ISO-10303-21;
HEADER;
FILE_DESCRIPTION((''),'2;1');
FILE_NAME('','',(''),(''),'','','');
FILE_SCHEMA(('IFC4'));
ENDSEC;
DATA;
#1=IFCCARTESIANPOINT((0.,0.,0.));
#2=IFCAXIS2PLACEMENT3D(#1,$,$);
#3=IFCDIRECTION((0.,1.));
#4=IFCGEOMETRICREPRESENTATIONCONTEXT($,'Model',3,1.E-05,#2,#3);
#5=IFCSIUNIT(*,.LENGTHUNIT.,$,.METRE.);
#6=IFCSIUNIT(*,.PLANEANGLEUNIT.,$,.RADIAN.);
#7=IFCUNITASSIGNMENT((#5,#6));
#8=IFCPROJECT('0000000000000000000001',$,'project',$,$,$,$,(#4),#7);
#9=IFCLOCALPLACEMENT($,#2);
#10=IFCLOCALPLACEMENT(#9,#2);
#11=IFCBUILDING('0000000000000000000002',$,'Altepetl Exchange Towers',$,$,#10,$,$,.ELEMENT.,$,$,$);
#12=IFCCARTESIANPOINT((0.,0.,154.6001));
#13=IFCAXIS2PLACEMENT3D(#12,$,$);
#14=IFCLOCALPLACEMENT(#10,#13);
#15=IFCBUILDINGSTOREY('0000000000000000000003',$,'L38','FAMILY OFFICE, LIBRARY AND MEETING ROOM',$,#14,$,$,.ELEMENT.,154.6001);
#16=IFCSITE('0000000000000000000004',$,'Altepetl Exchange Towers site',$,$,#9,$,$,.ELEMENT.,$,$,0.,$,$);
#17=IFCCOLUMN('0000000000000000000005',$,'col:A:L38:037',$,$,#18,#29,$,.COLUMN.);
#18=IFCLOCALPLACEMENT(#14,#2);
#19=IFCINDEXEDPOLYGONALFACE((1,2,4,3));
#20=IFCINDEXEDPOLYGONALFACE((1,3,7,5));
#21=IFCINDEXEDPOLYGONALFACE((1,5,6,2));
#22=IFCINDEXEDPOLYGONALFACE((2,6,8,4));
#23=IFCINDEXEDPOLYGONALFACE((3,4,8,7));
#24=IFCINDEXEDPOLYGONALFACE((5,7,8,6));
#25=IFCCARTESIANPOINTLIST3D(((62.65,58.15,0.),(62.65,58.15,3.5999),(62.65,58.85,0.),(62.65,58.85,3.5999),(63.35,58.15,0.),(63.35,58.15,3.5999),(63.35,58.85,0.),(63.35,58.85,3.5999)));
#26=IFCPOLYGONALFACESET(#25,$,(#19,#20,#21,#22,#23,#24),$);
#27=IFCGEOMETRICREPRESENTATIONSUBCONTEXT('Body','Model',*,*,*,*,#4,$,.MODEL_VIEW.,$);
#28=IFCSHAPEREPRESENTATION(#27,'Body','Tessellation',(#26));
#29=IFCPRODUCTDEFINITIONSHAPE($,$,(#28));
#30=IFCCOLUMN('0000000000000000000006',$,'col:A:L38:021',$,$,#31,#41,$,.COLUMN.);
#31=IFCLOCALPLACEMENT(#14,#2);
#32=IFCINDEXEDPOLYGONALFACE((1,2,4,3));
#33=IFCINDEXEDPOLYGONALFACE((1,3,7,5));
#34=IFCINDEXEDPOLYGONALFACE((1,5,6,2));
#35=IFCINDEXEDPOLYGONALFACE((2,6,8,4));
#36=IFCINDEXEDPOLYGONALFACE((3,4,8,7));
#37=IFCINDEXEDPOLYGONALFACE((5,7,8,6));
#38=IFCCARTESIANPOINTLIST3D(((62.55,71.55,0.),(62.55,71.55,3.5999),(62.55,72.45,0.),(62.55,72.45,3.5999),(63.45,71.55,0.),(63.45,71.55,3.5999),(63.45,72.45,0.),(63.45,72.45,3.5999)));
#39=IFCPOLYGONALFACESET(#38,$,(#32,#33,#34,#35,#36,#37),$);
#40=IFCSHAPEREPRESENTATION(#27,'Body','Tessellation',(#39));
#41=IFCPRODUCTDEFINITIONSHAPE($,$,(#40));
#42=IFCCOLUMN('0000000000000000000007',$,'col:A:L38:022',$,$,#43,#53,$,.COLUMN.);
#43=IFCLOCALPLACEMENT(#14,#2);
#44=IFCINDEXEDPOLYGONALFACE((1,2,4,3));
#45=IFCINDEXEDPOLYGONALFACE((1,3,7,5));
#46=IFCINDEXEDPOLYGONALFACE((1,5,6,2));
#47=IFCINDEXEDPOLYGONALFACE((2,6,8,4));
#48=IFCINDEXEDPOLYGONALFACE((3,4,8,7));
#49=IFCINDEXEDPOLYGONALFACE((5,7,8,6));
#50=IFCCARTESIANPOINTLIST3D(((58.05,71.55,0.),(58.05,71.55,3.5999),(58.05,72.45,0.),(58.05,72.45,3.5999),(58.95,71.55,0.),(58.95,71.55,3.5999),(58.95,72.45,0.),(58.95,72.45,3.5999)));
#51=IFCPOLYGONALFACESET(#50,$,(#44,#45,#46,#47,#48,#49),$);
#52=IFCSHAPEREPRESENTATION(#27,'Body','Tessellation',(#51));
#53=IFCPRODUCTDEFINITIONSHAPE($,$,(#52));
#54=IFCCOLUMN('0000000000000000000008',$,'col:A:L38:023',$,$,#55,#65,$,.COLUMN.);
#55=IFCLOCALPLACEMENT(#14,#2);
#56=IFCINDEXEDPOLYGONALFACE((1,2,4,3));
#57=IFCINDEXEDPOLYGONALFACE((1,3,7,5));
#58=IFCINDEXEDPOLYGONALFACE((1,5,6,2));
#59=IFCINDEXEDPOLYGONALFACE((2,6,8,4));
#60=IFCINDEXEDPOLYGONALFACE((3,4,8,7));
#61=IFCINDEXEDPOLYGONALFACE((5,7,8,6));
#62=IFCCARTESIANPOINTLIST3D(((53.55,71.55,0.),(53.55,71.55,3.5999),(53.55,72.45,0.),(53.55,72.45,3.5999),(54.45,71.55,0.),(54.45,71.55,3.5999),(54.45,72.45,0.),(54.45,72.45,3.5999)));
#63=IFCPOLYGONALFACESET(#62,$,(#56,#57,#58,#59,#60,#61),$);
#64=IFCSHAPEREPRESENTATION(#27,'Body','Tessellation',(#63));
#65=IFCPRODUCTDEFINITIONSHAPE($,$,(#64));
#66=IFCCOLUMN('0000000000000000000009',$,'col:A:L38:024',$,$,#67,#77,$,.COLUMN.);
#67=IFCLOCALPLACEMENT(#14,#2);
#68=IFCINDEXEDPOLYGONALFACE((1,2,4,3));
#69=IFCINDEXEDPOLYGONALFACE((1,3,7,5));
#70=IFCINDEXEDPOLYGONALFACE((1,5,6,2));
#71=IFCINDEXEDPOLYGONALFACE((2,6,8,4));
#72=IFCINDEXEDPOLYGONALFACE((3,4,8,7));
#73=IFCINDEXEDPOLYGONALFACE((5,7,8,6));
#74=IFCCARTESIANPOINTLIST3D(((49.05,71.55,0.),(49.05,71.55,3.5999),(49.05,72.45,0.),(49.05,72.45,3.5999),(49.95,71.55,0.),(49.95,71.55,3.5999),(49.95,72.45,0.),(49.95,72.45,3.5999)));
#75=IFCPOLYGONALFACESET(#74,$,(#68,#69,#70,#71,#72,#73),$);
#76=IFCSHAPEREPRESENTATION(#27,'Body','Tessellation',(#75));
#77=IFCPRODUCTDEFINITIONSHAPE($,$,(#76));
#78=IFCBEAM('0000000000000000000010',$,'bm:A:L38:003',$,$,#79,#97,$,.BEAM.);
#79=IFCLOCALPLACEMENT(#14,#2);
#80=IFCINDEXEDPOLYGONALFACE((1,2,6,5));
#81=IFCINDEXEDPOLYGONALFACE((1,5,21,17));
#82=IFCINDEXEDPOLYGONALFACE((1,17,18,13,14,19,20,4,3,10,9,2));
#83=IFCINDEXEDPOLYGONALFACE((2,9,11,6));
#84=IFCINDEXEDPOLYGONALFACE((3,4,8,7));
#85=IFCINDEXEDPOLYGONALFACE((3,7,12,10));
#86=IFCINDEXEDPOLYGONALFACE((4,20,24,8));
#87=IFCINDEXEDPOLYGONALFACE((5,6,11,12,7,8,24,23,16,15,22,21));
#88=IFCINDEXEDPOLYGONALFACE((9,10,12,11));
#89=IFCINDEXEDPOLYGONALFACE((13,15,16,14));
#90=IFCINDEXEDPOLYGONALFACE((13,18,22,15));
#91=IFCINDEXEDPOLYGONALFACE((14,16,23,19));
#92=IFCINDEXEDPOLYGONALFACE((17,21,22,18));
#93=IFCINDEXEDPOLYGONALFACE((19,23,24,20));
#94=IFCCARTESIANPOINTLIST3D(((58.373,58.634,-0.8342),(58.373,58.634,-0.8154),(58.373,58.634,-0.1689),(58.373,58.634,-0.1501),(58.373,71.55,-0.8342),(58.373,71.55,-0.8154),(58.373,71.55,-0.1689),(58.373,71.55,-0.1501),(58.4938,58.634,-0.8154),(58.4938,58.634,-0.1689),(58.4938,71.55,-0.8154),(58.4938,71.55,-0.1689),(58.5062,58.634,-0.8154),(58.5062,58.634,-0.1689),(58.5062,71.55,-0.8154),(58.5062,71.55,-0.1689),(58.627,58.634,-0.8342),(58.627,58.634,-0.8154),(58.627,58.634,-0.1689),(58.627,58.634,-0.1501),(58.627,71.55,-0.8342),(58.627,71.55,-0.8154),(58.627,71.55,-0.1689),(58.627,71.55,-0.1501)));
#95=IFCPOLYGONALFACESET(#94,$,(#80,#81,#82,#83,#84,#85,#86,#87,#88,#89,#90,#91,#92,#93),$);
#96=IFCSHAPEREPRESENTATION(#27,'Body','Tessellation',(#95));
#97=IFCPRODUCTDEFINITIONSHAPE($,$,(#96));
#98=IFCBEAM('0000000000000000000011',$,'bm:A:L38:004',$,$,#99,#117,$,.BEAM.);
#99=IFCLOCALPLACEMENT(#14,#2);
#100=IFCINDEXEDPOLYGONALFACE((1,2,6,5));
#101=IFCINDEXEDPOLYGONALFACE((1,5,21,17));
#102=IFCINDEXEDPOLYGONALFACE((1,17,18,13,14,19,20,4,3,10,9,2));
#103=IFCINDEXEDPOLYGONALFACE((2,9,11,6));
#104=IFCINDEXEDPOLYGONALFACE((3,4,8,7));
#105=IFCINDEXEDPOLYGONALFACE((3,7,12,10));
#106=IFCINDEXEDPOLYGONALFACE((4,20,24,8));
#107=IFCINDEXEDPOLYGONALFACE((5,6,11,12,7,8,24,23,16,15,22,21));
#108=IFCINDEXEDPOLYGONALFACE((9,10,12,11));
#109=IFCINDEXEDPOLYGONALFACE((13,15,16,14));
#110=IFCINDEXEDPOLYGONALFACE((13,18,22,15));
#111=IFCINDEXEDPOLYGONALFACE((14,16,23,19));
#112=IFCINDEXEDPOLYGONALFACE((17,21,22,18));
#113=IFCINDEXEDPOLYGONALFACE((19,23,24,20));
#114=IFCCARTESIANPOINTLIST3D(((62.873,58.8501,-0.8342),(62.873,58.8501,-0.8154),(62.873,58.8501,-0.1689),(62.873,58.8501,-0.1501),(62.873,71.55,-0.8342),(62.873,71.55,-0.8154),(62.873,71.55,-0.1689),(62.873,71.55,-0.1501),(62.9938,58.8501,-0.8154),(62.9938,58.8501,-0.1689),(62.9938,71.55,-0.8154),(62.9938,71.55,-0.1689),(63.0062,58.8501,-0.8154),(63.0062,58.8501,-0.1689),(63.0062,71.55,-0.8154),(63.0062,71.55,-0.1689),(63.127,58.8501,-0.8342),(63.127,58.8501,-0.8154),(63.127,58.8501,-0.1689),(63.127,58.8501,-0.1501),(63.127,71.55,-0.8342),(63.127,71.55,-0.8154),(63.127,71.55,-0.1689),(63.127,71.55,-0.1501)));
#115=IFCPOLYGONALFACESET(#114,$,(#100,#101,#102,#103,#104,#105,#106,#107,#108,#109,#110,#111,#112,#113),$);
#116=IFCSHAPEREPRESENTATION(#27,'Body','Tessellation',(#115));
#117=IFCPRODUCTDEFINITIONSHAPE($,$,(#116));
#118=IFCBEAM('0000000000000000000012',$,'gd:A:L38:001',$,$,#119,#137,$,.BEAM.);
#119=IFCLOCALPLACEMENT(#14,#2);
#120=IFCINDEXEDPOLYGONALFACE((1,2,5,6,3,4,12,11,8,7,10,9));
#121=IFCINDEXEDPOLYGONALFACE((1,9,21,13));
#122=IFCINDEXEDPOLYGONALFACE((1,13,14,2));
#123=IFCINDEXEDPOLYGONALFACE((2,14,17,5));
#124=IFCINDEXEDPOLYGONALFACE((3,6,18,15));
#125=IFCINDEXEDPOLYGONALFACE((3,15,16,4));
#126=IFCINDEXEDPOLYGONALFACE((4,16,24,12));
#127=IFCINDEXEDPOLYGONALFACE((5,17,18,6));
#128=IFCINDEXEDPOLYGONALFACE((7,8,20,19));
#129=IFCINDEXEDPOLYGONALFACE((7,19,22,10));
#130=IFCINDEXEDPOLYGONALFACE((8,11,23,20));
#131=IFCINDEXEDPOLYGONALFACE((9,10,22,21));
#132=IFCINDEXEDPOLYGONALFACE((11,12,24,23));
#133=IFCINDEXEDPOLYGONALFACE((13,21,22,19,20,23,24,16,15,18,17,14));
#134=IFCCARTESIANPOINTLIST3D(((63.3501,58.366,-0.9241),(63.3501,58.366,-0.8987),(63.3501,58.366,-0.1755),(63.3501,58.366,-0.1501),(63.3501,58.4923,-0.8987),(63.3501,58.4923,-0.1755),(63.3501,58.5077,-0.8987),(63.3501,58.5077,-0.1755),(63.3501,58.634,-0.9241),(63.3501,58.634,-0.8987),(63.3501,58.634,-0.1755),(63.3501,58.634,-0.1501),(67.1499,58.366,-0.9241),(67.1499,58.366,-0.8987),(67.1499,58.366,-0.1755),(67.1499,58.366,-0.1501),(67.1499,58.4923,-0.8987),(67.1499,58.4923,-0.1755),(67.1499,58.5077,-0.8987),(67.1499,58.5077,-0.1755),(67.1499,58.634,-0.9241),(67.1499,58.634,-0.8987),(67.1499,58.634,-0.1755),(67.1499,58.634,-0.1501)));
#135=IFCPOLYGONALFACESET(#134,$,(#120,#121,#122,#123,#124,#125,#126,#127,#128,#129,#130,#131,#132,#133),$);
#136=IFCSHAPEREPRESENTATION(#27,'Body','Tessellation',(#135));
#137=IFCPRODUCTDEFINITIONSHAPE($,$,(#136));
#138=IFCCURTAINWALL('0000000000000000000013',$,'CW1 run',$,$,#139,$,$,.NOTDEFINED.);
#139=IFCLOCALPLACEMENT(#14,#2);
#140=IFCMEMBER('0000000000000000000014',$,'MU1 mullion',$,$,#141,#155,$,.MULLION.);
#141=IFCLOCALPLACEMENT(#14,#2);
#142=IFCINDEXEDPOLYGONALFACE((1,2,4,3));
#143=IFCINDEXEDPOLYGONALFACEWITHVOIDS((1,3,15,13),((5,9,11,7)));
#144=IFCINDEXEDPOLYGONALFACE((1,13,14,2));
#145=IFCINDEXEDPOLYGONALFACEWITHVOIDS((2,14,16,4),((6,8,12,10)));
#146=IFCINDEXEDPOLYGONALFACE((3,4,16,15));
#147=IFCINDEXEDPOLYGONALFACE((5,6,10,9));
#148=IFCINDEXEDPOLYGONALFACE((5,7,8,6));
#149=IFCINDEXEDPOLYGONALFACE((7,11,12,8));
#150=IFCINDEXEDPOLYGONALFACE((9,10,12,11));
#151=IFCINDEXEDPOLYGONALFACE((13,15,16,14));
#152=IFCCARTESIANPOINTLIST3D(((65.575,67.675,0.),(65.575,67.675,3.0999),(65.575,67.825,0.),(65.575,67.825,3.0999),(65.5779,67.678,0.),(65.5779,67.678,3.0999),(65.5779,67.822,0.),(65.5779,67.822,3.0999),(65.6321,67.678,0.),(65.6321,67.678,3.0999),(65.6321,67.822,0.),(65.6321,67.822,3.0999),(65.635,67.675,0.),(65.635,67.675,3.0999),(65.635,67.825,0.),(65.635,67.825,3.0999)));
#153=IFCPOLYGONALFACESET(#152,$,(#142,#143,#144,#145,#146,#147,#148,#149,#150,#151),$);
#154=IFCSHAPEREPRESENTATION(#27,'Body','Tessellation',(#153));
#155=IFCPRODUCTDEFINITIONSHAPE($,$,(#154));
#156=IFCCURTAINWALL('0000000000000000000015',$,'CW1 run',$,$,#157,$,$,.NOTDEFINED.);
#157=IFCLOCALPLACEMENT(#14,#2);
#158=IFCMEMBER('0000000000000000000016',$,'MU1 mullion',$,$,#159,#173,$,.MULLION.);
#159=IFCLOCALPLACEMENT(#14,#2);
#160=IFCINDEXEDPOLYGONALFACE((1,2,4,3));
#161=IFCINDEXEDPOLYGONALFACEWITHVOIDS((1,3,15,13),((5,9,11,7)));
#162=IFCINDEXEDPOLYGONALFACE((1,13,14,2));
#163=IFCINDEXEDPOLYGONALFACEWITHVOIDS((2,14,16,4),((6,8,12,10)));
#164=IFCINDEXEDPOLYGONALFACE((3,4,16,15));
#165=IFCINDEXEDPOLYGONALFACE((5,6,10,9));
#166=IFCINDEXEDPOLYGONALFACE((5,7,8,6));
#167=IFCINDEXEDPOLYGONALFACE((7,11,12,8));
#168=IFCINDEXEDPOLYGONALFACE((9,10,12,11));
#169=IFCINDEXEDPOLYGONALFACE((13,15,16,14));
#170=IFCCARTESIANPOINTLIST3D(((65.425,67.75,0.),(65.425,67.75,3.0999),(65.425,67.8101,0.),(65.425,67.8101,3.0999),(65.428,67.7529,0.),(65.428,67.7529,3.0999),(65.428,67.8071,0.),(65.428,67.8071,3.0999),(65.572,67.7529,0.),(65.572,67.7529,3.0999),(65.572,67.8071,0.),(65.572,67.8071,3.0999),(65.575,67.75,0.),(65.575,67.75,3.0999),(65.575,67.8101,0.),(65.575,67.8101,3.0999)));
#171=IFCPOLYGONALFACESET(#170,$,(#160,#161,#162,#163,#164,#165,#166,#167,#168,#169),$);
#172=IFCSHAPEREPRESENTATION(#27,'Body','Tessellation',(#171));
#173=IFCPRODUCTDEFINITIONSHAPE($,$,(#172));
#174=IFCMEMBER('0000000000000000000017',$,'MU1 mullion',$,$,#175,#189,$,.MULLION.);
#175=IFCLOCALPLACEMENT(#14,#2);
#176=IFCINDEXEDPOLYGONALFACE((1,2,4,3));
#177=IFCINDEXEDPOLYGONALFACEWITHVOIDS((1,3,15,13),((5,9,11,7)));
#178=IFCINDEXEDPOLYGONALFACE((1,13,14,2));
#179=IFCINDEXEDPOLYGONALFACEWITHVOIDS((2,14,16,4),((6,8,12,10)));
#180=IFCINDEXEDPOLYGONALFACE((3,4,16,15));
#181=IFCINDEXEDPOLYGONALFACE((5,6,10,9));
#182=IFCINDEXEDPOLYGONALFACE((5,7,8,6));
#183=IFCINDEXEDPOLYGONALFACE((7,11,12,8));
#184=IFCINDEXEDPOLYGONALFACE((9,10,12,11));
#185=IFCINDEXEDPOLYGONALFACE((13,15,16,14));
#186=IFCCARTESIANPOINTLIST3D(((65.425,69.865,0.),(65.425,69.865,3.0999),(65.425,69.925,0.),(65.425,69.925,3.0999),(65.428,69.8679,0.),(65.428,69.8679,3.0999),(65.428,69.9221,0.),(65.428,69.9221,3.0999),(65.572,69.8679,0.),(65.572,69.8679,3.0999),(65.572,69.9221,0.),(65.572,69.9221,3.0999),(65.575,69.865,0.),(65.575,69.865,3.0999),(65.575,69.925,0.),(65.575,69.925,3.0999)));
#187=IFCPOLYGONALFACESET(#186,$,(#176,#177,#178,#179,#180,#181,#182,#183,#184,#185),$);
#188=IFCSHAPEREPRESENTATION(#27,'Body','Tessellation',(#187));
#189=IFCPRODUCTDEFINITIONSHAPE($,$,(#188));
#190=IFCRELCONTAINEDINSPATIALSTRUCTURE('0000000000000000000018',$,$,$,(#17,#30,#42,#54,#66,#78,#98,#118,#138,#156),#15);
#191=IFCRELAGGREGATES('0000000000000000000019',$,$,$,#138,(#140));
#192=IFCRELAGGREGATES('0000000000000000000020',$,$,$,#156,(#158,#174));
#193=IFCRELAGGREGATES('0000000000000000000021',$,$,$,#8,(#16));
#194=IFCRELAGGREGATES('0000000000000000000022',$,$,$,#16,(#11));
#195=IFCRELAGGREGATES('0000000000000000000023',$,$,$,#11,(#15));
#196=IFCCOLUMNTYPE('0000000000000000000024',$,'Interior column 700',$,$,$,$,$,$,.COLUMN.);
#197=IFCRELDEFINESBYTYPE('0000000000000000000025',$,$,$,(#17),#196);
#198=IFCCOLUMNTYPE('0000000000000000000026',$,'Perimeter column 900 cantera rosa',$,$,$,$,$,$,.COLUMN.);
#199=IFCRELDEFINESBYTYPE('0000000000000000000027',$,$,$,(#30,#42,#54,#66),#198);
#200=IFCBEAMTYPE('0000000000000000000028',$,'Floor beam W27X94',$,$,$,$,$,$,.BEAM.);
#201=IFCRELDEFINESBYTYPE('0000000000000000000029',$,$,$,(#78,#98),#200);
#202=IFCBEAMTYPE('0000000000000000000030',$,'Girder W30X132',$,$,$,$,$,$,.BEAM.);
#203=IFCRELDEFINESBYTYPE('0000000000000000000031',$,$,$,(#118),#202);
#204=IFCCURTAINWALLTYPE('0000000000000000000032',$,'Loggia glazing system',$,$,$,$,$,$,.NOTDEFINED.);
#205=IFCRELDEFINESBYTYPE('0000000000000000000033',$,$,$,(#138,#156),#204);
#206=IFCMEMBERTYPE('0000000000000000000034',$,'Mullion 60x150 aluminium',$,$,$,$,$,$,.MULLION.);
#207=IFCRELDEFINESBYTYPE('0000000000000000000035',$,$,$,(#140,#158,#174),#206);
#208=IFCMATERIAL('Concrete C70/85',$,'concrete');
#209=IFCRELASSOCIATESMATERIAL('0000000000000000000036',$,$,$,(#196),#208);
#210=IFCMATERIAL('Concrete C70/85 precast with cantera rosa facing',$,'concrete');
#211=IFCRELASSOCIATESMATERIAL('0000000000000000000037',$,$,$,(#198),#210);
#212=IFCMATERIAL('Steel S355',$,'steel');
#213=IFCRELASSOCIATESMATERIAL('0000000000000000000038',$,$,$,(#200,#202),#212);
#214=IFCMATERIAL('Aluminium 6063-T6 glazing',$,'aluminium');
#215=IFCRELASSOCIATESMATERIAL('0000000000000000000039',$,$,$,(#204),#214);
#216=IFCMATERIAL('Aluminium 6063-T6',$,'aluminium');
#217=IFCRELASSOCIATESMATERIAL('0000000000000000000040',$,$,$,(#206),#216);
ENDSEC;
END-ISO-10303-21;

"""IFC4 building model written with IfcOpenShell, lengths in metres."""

from ifc_helpers import new_model, si_unit, direction, frame, origin, origin_2d, place, context, subcontext, project, spatial, rectangle, hollow_rectangle, i_section, extrude, material, material_profile, profile_set, type_object, element, aggregate, save


model = new_model("IFC4")

# Units and contexts
model_context = context("Model", 3, precision=1e-05, world=origin(), true_north=direction((0.0, 1.0)))
body_context = subcontext(model_context, "Body", "Model", "MODEL_VIEW")
ifc_project = project(units=[si_unit("LENGTHUNIT", "METRE"), si_unit("PLANEANGLEUNIT", "RADIAN")], contexts=[model_context])

# Site, building, storey
site_placement = place(None, origin())
site = spatial("IfcSite", under=ifc_project, at=site_placement, Name="Altepetl Exchange Towers site", CompositionType="ELEMENT", RefElevation=0.0)
building_placement = place(site_placement, origin())
building = spatial("IfcBuilding", under=site, at=building_placement, Name="Altepetl Exchange Towers", CompositionType="ELEMENT")
storey_placement = place(building_placement, frame((0.0, 0.0, 154.6001)))
storey = spatial("IfcBuildingStorey", under=building, at=storey_placement, Name="L38", Description="FAMILY OFFICE, LIBRARY AND MEETING ROOM", CompositionType="ELEMENT", Elevation=154.6001)

# Columns
ifc_material_1 = material(Name="Concrete C70/85", Category="concrete")
ifc_material_profile_1 = material_profile(ifc_material_1, rectangle(XDim=0.7, YDim=0.7, at=origin_2d()), Name="700 x 700")
ifc_profile_set_1 = profile_set([ifc_material_profile_1], Name="Concrete C70/85")
column_type_1 = type_object("IfcColumnType", Name="Interior column 700", PredefinedType="COLUMN", material=ifc_profile_set_1)
column_placement = place(storey_placement, frame((63.0, 58.5, 0.0)))
element("IfcColumn", 1, at=column_placement, inside=storey, type_object=column_type_1, Name="col:A:L38:037", PredefinedType="COLUMN", context=body_context, shape_type="SweptSolid", body=[
    extrude(rectangle(XDim=0.7, YDim=0.7, at=origin_2d()), origin(), (0.0, 0.0, 1.0), 3.5999),
])
ifc_material_2 = material(Name="Concrete C70/85 precast with cantera rosa facing", Category="concrete")
ifc_material_profile_2 = material_profile(ifc_material_2, rectangle(XDim=0.8999, YDim=0.8999, at=origin_2d()), Name="900 x 900")
ifc_profile_set_2 = profile_set([ifc_material_profile_2], Name="Concrete C70/85 precast with cantera rosa facing")
column_type_2 = type_object("IfcColumnType", Name="Perimeter column 900 cantera rosa", PredefinedType="COLUMN", material=ifc_profile_set_2)
for number, where, name in (
    (2, (63.0, 72.0, 0.0), "col:A:L38:021"),
    (3, (58.5, 72.0, 0.0), "col:A:L38:022"),
    (4, (54.0, 72.0, 0.0), "col:A:L38:023"),
    (5, (49.5, 72.0, 0.0), "col:A:L38:024"),
):
    element("IfcColumn", number, at=place(storey_placement, frame(where)), inside=storey, type_object=column_type_2, Name=name, PredefinedType="COLUMN", context=body_context, shape_type="SweptSolid", body=[
        extrude(rectangle(XDim=0.8999, YDim=0.8999, at=origin_2d()), origin(), (0.0, 0.0, 1.0), 3.5999),
    ])

# Beams
ifc_material_3 = material(Name="Steel S355", Category="steel")
ifc_material_profile_3 = material_profile(ifc_material_3, i_section(OverallWidth=0.2539, OverallDepth=0.6841, WebThickness=0.0125, FlangeThickness=0.0188, at=origin_2d()), Name="W27X94")
ifc_profile_set_3 = profile_set([ifc_material_profile_3], Name="Steel S355")
beam_type_1 = type_object("IfcBeamType", Name="Floor beam W27X94", PredefinedType="BEAM", material=ifc_profile_set_3)
beam_1_placement = place(storey_placement, frame((58.5, 58.634, -0.4922), z_axis=(0.0, 1.0, 0.0), x_axis=(-1.0, 0.0, 0.0)))
element("IfcBeam", 6, at=beam_1_placement, inside=storey, type_object=beam_type_1, Name="bm:A:L38:003", PredefinedType="BEAM", context=body_context, shape_type="SweptSolid", body=[
    extrude(i_section(OverallWidth=0.2539, OverallDepth=0.6841, WebThickness=0.0125, FlangeThickness=0.0188, at=origin_2d()), origin(), (0.0, 0.0, 1.0), 12.916),
])
beam_2_placement = place(storey_placement, frame((63.0, 58.8501, -0.4922), z_axis=(0.0, 1.0, 0.0), x_axis=(-1.0, 0.0, 0.0)))
element("IfcBeam", 7, at=beam_2_placement, inside=storey, type_object=beam_type_1, Name="bm:A:L38:004", PredefinedType="BEAM", context=body_context, shape_type="SweptSolid", body=[
    extrude(i_section(OverallWidth=0.2539, OverallDepth=0.6841, WebThickness=0.0125, FlangeThickness=0.0188, at=origin_2d()), origin(), (0.0, 0.0, 1.0), 12.7),
])
ifc_material_profile_4 = material_profile(ifc_material_3, i_section(OverallWidth=0.2681, OverallDepth=0.7739, WebThickness=0.0154, FlangeThickness=0.0254, at=origin_2d()), Name="W30X132")
ifc_profile_set_4 = profile_set([ifc_material_profile_4], Name="Steel S355")
beam_type_2 = type_object("IfcBeamType", Name="Girder W30X132", PredefinedType="BEAM", material=ifc_profile_set_4)
beam_3_placement = place(storey_placement, frame((63.3501, 58.5, -0.5371), z_axis=(1.0, 0.0, 0.0), x_axis=(0.0, 1.0, 0.0)))
element("IfcBeam", 8, at=beam_3_placement, inside=storey, type_object=beam_type_2, Name="gd:A:L38:001", PredefinedType="BEAM", context=body_context, shape_type="SweptSolid", body=[
    extrude(i_section(OverallWidth=0.2681, OverallDepth=0.7739, WebThickness=0.0154, FlangeThickness=0.0254, at=origin_2d()), origin(), (0.0, 0.0, 1.0), 3.7998),
])

# Curtain wall, member
ifc_material_4 = material(Name="Aluminium 6063-T6 glazing", Category="aluminium")
curtain_wall_type = type_object("IfcCurtainWallType", Name="Loggia glazing system", PredefinedType="NOTDEFINED", material=ifc_material_4)
curtain_wall_1_placement = place(storey_placement, origin())
curtain_wall_1 = element("IfcCurtainWall", 9, at=curtain_wall_1_placement, inside=storey, type_object=curtain_wall_type, Name="CW1 run", PredefinedType="NOTDEFINED")
ifc_material_5 = material(Name="Aluminium 6063-T6", Category="aluminium")
ifc_material_profile_5 = material_profile(ifc_material_5, hollow_rectangle(XDim=0.0601, YDim=0.1499, WallThickness=0.0029, at=origin_2d()), Name="Mullion 60x150 aluminium")
ifc_profile_set_5 = profile_set([ifc_material_profile_5], Name="Aluminium 6063-T6")
member_type = type_object("IfcMemberType", Name="Mullion 60x150 aluminium", PredefinedType="MULLION", material=ifc_profile_set_5)
member_1_placement = place(storey_placement, frame((65.605, 67.75, 0.0), z_axis=(0.0, 0.0, 1.0), x_axis=(-1.0, 0.0, 0.0)))
member_1 = element("IfcMember", 10, at=member_1_placement, type_object=member_type, Name="MU1 mullion", PredefinedType="MULLION", context=body_context, shape_type="SweptSolid", body=[
    extrude(hollow_rectangle(XDim=0.0601, YDim=0.1499, WallThickness=0.0029, at=origin_2d()), origin(), (0.0, 0.0, 1.0), 3.0999),
])

# Curtain wall, members
curtain_wall_2_placement = place(storey_placement, origin())
curtain_wall_2 = element("IfcCurtainWall", 11, at=curtain_wall_2_placement, inside=storey, type_object=curtain_wall_type, Name="CW1 run", PredefinedType="NOTDEFINED")
member_2_placement = place(storey_placement, frame((65.5, 67.78, 0.0), z_axis=(0.0, 0.0, 1.0), x_axis=(0.0, 1.0, 0.0)))
member_2 = element("IfcMember", 12, at=member_2_placement, type_object=member_type, Name="MU1 mullion", PredefinedType="MULLION", context=body_context, shape_type="SweptSolid", body=[
    extrude(hollow_rectangle(XDim=0.0601, YDim=0.1499, WallThickness=0.0029, at=origin_2d()), origin(), (0.0, 0.0, 1.0), 3.0999),
])
member_3_placement = place(storey_placement, frame((65.5, 69.895, 0.0), z_axis=(0.0, 0.0, 1.0), x_axis=(0.0, 1.0, 0.0)))
member_3 = element("IfcMember", 13, at=member_3_placement, type_object=member_type, Name="MU1 mullion", PredefinedType="MULLION", context=body_context, shape_type="SweptSolid", body=[
    extrude(hollow_rectangle(XDim=0.0601, YDim=0.1499, WallThickness=0.0029, at=origin_2d()), origin(), (0.0, 0.0, 1.0), 3.0999),
])

aggregate(curtain_wall_1, [member_1])
aggregate(curtain_wall_2, [member_2, member_3])

save(model, "model.ifc")
